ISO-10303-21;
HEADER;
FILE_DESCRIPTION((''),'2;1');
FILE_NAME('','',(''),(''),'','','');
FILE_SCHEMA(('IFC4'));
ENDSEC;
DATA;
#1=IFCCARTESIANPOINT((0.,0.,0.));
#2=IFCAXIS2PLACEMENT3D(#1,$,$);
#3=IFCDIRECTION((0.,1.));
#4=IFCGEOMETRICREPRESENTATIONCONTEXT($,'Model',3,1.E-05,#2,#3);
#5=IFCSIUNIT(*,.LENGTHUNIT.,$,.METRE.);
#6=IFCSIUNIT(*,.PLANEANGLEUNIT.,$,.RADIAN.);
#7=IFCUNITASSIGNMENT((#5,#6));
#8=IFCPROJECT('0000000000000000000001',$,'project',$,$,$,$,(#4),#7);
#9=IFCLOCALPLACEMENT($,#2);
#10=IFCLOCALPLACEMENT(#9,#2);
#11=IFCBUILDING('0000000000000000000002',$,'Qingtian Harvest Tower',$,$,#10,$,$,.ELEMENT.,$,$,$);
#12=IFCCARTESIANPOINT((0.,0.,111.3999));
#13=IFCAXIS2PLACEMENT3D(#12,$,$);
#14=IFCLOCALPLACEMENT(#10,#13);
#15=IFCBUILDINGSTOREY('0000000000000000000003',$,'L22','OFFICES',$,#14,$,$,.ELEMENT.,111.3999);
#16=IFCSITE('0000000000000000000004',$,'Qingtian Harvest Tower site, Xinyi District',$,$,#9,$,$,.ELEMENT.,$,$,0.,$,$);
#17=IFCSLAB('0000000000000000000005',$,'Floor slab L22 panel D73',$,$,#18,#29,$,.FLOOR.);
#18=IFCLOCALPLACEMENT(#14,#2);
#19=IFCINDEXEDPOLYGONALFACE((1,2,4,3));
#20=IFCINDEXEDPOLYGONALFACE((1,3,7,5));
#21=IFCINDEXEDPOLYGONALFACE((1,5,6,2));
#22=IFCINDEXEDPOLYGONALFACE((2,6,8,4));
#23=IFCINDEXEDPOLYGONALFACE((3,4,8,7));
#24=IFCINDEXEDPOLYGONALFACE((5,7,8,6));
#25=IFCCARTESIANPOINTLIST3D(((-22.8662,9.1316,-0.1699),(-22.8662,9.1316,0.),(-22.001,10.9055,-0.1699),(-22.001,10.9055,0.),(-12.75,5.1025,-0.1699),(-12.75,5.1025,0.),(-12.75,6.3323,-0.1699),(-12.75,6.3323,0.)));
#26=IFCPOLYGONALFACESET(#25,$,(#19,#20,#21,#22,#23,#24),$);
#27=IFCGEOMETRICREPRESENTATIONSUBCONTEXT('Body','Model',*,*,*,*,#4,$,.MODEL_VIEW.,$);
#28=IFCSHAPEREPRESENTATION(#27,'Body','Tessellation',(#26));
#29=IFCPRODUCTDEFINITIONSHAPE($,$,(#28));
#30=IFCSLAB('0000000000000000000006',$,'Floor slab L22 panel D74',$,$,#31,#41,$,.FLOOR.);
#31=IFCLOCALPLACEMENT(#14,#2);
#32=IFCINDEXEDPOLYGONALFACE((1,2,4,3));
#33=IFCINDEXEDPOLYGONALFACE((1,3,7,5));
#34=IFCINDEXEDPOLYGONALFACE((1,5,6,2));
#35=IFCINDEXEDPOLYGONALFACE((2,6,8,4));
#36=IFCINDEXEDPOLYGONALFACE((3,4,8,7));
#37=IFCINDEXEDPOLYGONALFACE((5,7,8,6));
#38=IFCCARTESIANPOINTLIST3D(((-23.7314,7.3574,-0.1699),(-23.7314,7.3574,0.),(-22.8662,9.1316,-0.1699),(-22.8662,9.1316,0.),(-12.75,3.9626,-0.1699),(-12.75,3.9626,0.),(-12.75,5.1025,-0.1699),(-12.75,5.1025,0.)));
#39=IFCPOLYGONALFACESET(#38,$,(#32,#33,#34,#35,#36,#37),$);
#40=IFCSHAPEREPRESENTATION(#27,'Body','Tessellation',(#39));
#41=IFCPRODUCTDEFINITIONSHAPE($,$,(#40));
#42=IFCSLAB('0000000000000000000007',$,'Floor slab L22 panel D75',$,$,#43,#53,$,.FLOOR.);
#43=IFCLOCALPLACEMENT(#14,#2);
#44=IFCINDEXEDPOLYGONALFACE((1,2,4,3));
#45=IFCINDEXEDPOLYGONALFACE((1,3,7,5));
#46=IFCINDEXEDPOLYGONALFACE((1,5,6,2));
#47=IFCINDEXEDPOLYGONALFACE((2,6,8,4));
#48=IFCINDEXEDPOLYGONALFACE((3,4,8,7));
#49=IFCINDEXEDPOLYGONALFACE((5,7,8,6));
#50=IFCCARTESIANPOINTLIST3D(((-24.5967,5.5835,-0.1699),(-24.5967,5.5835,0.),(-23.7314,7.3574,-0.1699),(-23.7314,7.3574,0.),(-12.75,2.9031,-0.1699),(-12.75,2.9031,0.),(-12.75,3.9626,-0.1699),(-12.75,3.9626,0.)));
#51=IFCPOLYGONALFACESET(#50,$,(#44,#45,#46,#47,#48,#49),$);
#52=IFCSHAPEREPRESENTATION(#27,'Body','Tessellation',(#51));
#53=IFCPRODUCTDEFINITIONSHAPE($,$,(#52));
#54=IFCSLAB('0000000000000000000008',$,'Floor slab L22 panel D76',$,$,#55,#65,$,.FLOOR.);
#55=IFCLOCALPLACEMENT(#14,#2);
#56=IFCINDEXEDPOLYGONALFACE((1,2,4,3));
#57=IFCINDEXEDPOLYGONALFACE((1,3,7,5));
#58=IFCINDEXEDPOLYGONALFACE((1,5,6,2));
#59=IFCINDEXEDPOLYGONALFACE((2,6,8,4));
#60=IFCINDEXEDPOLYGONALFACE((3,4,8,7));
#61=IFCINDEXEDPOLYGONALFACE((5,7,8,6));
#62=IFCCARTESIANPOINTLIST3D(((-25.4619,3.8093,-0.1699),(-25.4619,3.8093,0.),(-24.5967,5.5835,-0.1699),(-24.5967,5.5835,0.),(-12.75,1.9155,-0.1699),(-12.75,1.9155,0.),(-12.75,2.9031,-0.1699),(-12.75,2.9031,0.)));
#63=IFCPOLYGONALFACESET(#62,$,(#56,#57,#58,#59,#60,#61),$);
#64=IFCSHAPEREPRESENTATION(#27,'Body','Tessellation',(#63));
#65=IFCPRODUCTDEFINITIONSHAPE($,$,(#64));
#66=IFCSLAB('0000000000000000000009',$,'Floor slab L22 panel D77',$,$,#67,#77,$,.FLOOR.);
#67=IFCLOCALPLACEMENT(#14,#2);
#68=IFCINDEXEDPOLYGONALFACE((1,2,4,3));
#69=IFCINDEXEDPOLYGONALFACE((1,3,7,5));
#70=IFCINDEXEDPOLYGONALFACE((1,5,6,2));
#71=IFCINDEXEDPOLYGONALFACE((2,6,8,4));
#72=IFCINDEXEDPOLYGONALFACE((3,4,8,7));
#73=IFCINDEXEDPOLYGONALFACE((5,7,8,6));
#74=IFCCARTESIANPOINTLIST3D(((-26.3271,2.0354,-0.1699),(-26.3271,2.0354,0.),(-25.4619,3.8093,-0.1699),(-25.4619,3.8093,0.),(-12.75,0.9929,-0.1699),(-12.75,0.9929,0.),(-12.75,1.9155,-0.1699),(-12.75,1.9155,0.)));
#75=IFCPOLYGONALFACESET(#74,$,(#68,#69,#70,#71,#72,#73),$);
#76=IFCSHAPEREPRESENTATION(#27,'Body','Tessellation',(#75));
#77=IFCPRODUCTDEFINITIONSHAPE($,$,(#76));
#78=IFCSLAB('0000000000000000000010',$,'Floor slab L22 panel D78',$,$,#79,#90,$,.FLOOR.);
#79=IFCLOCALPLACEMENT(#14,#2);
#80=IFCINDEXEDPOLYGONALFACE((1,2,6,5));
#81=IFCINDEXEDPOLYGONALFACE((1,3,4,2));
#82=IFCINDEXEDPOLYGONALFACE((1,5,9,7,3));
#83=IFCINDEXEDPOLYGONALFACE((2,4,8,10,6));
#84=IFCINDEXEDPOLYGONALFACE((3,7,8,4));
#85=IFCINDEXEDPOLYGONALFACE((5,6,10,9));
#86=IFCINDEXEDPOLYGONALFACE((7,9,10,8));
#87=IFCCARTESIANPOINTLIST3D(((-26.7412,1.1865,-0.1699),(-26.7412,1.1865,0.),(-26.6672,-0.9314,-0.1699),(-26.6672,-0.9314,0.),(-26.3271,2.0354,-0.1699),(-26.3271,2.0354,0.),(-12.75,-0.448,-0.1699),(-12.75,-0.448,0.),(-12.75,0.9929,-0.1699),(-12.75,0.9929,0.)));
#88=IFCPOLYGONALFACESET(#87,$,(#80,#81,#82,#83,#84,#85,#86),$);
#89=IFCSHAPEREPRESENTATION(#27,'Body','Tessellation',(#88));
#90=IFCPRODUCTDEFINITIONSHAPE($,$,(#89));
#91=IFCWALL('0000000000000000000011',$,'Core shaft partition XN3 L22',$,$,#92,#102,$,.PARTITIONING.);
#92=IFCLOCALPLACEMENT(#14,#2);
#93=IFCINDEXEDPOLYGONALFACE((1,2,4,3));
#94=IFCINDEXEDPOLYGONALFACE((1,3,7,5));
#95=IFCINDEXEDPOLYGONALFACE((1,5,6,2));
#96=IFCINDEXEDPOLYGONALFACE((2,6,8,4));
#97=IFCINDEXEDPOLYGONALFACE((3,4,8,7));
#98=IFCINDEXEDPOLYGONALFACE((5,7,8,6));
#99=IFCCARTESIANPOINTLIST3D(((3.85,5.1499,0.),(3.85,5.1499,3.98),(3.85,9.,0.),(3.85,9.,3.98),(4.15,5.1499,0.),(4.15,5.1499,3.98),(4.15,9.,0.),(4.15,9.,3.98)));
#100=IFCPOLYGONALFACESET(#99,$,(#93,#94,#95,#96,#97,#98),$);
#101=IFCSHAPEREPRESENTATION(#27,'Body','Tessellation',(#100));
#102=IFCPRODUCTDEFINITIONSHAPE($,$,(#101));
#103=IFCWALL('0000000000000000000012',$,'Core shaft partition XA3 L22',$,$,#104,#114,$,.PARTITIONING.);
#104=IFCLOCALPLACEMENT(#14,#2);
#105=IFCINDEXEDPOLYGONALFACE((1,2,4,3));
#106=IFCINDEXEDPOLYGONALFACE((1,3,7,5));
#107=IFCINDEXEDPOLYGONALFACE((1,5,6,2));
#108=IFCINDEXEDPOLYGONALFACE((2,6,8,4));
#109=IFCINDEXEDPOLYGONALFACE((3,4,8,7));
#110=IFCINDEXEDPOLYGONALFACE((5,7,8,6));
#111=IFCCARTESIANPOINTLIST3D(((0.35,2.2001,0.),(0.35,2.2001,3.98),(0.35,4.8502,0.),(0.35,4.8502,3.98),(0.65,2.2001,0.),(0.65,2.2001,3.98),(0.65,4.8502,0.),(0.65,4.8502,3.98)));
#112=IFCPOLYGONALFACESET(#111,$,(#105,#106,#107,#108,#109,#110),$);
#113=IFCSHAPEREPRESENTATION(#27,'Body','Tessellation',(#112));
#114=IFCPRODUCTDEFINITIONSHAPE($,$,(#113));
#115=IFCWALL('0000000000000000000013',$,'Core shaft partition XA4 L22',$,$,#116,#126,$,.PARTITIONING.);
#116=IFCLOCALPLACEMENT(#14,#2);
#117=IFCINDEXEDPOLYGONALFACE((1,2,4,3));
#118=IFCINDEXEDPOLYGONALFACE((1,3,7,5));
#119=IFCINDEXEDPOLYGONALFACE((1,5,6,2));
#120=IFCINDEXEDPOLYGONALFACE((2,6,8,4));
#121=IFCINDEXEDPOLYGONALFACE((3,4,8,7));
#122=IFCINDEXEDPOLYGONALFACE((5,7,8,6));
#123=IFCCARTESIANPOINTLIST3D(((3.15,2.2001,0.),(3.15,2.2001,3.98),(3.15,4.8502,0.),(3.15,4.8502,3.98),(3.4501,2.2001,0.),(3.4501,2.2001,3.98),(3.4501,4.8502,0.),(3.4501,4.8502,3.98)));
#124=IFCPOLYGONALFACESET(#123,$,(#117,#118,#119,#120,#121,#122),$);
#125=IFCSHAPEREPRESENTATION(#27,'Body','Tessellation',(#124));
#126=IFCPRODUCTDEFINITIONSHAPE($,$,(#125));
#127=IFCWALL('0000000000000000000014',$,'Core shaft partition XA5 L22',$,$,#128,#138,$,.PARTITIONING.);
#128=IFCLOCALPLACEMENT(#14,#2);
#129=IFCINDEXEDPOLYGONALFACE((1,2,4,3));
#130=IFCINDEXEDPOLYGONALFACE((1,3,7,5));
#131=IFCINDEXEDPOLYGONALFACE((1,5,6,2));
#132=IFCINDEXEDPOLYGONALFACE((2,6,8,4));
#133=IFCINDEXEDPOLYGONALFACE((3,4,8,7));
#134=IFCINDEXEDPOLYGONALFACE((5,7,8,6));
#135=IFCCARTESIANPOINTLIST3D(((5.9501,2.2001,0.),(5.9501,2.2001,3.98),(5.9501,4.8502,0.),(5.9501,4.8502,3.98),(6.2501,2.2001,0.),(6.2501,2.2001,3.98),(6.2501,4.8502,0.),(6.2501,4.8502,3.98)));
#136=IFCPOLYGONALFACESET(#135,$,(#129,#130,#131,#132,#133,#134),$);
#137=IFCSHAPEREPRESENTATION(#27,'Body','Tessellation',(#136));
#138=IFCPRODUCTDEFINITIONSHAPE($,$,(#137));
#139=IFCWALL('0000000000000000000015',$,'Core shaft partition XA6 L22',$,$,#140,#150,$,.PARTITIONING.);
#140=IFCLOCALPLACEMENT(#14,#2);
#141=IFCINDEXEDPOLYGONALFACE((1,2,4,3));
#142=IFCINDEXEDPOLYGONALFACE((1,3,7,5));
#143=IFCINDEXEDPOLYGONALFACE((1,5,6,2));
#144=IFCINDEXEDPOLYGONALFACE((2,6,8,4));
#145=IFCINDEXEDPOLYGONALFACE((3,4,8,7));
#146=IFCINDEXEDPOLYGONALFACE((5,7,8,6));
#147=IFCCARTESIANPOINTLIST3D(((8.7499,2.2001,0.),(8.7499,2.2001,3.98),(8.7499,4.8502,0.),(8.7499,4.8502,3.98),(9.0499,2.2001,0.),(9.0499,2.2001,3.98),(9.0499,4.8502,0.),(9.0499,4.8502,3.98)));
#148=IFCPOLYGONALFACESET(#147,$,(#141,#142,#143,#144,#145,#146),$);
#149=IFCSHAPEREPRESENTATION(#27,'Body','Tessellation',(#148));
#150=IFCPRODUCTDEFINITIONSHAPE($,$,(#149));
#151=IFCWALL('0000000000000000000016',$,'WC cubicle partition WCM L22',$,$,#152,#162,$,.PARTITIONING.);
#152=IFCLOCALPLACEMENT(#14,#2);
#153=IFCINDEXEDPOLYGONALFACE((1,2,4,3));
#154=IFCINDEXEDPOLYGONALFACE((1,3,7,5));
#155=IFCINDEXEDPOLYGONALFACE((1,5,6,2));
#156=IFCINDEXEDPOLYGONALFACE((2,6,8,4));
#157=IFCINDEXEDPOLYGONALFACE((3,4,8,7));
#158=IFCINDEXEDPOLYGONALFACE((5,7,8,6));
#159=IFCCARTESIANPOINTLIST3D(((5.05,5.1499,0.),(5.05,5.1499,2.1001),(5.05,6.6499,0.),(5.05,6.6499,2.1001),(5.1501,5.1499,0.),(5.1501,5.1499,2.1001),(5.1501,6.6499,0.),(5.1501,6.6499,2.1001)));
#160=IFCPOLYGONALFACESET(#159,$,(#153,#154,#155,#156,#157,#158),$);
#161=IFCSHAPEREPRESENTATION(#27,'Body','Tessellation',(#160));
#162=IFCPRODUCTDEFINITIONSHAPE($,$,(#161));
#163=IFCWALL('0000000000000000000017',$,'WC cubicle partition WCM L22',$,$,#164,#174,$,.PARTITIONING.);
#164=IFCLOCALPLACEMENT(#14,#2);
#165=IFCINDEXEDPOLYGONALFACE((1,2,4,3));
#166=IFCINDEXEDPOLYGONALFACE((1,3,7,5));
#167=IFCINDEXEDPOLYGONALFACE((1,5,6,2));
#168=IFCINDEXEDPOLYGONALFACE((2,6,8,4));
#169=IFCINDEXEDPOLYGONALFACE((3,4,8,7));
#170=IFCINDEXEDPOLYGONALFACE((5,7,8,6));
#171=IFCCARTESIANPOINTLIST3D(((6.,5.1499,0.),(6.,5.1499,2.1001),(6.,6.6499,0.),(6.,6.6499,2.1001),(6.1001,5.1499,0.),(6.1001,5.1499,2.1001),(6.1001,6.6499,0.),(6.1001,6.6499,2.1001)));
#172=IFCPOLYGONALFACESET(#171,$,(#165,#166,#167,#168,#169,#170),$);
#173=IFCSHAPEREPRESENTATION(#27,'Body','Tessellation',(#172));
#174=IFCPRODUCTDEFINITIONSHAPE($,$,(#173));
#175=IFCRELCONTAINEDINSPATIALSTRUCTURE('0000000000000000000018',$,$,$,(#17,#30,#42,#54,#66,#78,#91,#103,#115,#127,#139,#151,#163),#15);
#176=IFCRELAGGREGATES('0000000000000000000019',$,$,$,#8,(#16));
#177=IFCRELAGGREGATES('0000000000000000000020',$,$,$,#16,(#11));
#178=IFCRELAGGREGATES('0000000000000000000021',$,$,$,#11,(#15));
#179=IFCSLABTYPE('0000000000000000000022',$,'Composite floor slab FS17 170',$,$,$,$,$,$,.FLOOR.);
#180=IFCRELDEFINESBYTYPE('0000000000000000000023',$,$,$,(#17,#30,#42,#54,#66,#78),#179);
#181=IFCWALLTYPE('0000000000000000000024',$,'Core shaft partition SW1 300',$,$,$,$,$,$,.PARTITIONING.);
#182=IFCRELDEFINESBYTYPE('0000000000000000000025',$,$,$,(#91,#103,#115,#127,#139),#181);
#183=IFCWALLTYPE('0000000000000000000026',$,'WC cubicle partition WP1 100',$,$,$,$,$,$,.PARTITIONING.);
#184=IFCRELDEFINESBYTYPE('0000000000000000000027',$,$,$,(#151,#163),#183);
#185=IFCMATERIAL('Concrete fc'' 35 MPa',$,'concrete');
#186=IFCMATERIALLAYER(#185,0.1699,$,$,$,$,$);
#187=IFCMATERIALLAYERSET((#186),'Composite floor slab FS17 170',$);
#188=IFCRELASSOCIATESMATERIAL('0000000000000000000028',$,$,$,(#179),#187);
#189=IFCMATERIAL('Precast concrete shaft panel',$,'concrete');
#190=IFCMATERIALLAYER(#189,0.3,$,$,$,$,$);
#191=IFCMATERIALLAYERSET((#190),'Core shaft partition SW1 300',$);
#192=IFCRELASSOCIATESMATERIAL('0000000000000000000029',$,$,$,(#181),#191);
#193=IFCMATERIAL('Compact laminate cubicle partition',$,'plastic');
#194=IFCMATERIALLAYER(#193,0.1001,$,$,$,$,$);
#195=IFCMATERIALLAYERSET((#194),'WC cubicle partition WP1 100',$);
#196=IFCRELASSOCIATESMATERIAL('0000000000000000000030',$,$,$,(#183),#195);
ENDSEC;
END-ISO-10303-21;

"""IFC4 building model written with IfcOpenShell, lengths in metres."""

from ifc_helpers import new_model, si_unit, direction, frame, frame_2d, origin, place, context, subcontext, project, spatial, polyline, rectangle, outline, extrude, material, layer, layer_set, type_object, element, save


model = new_model("IFC4")

# Units and contexts
model_context = context("Model", 3, precision=1e-05, world=origin(), true_north=direction((0.0, 1.0)))
body_context = subcontext(model_context, "Body", "Model", "MODEL_VIEW")
ifc_project = project(units=[si_unit("LENGTHUNIT", "METRE"), si_unit("PLANEANGLEUNIT", "RADIAN")], contexts=[model_context])

# Site, building, storey
site_placement = place(None, origin())
site = spatial("IfcSite", under=ifc_project, at=site_placement, Name="Qingtian Harvest Tower site, Xinyi District", CompositionType="ELEMENT", RefElevation=0.0)
building_placement = place(site_placement, origin())
building = spatial("IfcBuilding", under=site, at=building_placement, Name="Qingtian Harvest Tower", CompositionType="ELEMENT")
storey_placement = place(building_placement, frame((0.0, 0.0, 111.3999)))
storey = spatial("IfcBuildingStorey", under=building, at=storey_placement, Name="L22", Description="OFFICES", CompositionType="ELEMENT", Elevation=111.3999)

# Slabs
ifc_material_1 = material(Name="Concrete fc' 35 MPa", Category="concrete")
ifc_layer_1 = layer(ifc_material_1, 0.1699)
ifc_layer_set_1 = layer_set([ifc_layer_1], Name="Composite floor slab FS17 170")
slab_type = type_object("IfcSlabType", Name="Composite floor slab FS17 170", PredefinedType="FLOOR", material=ifc_layer_set_1)
slab_1_placement = place(storey_placement, frame((0.0, 0.0, -0.1699)))
element("IfcSlab", 1, at=slab_1_placement, inside=storey, type_object=slab_type, Name="Floor slab L22 panel D73", PredefinedType="FLOOR", context=body_context, shape_type="SweptSolid", body=[
    extrude(outline(polyline([(-12.75, 5.1025), (-22.8662, 9.1316), (-22.001, 10.9055), (-12.75, 6.3323), (-12.75, 5.1025)])), origin(), (0.0, 0.0, 1.0), 0.1699),
])
slab_2_placement = place(storey_placement, frame((0.0, 0.0, -0.1699)))
element("IfcSlab", 2, at=slab_2_placement, inside=storey, type_object=slab_type, Name="Floor slab L22 panel D74", PredefinedType="FLOOR", context=body_context, shape_type="SweptSolid", body=[
    extrude(outline(polyline([(-12.75, 3.9626), (-23.7314, 7.3574), (-22.8662, 9.1316), (-12.75, 5.1025), (-12.75, 3.9626)])), origin(), (0.0, 0.0, 1.0), 0.1699),
])
slab_3_placement = place(storey_placement, frame((0.0, 0.0, -0.1699)))
element("IfcSlab", 3, at=slab_3_placement, inside=storey, type_object=slab_type, Name="Floor slab L22 panel D75", PredefinedType="FLOOR", context=body_context, shape_type="SweptSolid", body=[
    extrude(outline(polyline([(-12.75, 2.9031), (-24.5967, 5.5835), (-23.7314, 7.3574), (-12.75, 3.9626), (-12.75, 2.9031)])), origin(), (0.0, 0.0, 1.0), 0.1699),
])
slab_4_placement = place(storey_placement, frame((0.0, 0.0, -0.1699)))
element("IfcSlab", 4, at=slab_4_placement, inside=storey, type_object=slab_type, Name="Floor slab L22 panel D76", PredefinedType="FLOOR", context=body_context, shape_type="SweptSolid", body=[
    extrude(outline(polyline([(-12.75, 1.9155), (-25.4619, 3.8093), (-24.5967, 5.5835), (-12.75, 2.9031), (-12.75, 1.9155)])), origin(), (0.0, 0.0, 1.0), 0.1699),
])
slab_5_placement = place(storey_placement, frame((0.0, 0.0, -0.1699)))
element("IfcSlab", 5, at=slab_5_placement, inside=storey, type_object=slab_type, Name="Floor slab L22 panel D77", PredefinedType="FLOOR", context=body_context, shape_type="SweptSolid", body=[
    extrude(outline(polyline([(-12.75, 0.9929), (-26.3271, 2.0354), (-25.4619, 3.8093), (-12.75, 1.9155), (-12.75, 0.9929)])), origin(), (0.0, 0.0, 1.0), 0.1699),
])
slab_6_placement = place(storey_placement, frame((0.0, 0.0, -0.1699)))
element("IfcSlab", 6, at=slab_6_placement, inside=storey, type_object=slab_type, Name="Floor slab L22 panel D78", PredefinedType="FLOOR", context=body_context, shape_type="SweptSolid", body=[
    extrude(outline(polyline([(-12.75, 0.9929), (-12.75, -0.448), (-26.6672, -0.9314), (-26.7412, 1.1865), (-26.3271, 2.0354), (-12.75, 0.9929)])), origin(), (0.0, 0.0, 1.0), 0.1699),
])

# Shared definitions
ifc_material_2 = material(Name="Precast concrete shaft panel", Category="concrete")
ifc_layer_2 = layer(ifc_material_2, 0.3)
ifc_layer_set_2 = layer_set([ifc_layer_2], Name="Core shaft partition SW1 300")
wall_type_1 = type_object("IfcWallType", Name="Core shaft partition SW1 300", PredefinedType="PARTITIONING", material=ifc_layer_set_2)

# Walls
wall_1_placement = place(storey_placement, frame((4.0, 5.1499, 0.0), z_axis=(0.0, 0.0, 1.0), x_axis=(0.0, 1.0, 0.0)))
element("IfcWall", 7, at=wall_1_placement, inside=storey, type_object=wall_type_1, Name="Core shaft partition XN3 L22", PredefinedType="PARTITIONING", context=body_context, shape_type="SweptSolid", body=[
    extrude(rectangle(XDim=3.8501, YDim=0.3, at=frame_2d((1.925, 0.0))), origin(), (0.0, 0.0, 1.0), 3.98),
])
for number, where, z_axis, x_axis, name in (
    (8, (0.5, 2.2, 0.0), (0.0, 0.0, 1.0), (0.0, 1.0, 0.0), "Core shaft partition XA3 L22"),
    (9, (3.3, 2.2, 0.0), (0.0, 0.0, 1.0), (0.0, 1.0, 0.0), "Core shaft partition XA4 L22"),
    (10, (6.1001, 2.2, 0.0), (0.0, 0.0, 1.0), (0.0, 1.0, 0.0), "Core shaft partition XA5 L22"),
    (11, (8.8999, 2.2, 0.0), (0.0, 0.0, 1.0), (0.0, 1.0, 0.0), "Core shaft partition XA6 L22"),
):
    element("IfcWall", number, at=place(storey_placement, frame(where, z_axis=z_axis, x_axis=x_axis)), inside=storey, type_object=wall_type_1, Name=name, PredefinedType="PARTITIONING", context=body_context, shape_type="SweptSolid", body=[
        extrude(rectangle(XDim=2.6501, YDim=0.3, at=frame_2d((1.3252, 0.0))), origin(), (0.0, 0.0, 1.0), 3.98),
    ])
ifc_material_3 = material(Name="Compact laminate cubicle partition", Category="plastic")
ifc_layer_3 = layer(ifc_material_3, 0.1001)
ifc_layer_set_3 = layer_set([ifc_layer_3], Name="WC cubicle partition WP1 100")
wall_type_2 = type_object("IfcWallType", Name="WC cubicle partition WP1 100", PredefinedType="PARTITIONING", material=ifc_layer_set_3)
for number, where, z_axis, x_axis, name in (
    (12, (5.1001, 5.1499, 0.0), (0.0, 0.0, 1.0), (0.0, 1.0, 0.0), "WC cubicle partition WCM L22"),
    (13, (6.05, 5.1499, 0.0), (0.0, 0.0, 1.0), (0.0, 1.0, 0.0), "WC cubicle partition WCM L22"),
):
    element("IfcWall", number, at=place(storey_placement, frame(where, z_axis=z_axis, x_axis=x_axis)), inside=storey, type_object=wall_type_2, Name=name, PredefinedType="PARTITIONING", context=body_context, shape_type="SweptSolid", body=[
        extrude(rectangle(XDim=1.5, YDim=0.1001, at=frame_2d((0.75, 0.0))), origin(), (0.0, 0.0, 1.0), 2.1001),
    ])

save(model, "model.ifc")
